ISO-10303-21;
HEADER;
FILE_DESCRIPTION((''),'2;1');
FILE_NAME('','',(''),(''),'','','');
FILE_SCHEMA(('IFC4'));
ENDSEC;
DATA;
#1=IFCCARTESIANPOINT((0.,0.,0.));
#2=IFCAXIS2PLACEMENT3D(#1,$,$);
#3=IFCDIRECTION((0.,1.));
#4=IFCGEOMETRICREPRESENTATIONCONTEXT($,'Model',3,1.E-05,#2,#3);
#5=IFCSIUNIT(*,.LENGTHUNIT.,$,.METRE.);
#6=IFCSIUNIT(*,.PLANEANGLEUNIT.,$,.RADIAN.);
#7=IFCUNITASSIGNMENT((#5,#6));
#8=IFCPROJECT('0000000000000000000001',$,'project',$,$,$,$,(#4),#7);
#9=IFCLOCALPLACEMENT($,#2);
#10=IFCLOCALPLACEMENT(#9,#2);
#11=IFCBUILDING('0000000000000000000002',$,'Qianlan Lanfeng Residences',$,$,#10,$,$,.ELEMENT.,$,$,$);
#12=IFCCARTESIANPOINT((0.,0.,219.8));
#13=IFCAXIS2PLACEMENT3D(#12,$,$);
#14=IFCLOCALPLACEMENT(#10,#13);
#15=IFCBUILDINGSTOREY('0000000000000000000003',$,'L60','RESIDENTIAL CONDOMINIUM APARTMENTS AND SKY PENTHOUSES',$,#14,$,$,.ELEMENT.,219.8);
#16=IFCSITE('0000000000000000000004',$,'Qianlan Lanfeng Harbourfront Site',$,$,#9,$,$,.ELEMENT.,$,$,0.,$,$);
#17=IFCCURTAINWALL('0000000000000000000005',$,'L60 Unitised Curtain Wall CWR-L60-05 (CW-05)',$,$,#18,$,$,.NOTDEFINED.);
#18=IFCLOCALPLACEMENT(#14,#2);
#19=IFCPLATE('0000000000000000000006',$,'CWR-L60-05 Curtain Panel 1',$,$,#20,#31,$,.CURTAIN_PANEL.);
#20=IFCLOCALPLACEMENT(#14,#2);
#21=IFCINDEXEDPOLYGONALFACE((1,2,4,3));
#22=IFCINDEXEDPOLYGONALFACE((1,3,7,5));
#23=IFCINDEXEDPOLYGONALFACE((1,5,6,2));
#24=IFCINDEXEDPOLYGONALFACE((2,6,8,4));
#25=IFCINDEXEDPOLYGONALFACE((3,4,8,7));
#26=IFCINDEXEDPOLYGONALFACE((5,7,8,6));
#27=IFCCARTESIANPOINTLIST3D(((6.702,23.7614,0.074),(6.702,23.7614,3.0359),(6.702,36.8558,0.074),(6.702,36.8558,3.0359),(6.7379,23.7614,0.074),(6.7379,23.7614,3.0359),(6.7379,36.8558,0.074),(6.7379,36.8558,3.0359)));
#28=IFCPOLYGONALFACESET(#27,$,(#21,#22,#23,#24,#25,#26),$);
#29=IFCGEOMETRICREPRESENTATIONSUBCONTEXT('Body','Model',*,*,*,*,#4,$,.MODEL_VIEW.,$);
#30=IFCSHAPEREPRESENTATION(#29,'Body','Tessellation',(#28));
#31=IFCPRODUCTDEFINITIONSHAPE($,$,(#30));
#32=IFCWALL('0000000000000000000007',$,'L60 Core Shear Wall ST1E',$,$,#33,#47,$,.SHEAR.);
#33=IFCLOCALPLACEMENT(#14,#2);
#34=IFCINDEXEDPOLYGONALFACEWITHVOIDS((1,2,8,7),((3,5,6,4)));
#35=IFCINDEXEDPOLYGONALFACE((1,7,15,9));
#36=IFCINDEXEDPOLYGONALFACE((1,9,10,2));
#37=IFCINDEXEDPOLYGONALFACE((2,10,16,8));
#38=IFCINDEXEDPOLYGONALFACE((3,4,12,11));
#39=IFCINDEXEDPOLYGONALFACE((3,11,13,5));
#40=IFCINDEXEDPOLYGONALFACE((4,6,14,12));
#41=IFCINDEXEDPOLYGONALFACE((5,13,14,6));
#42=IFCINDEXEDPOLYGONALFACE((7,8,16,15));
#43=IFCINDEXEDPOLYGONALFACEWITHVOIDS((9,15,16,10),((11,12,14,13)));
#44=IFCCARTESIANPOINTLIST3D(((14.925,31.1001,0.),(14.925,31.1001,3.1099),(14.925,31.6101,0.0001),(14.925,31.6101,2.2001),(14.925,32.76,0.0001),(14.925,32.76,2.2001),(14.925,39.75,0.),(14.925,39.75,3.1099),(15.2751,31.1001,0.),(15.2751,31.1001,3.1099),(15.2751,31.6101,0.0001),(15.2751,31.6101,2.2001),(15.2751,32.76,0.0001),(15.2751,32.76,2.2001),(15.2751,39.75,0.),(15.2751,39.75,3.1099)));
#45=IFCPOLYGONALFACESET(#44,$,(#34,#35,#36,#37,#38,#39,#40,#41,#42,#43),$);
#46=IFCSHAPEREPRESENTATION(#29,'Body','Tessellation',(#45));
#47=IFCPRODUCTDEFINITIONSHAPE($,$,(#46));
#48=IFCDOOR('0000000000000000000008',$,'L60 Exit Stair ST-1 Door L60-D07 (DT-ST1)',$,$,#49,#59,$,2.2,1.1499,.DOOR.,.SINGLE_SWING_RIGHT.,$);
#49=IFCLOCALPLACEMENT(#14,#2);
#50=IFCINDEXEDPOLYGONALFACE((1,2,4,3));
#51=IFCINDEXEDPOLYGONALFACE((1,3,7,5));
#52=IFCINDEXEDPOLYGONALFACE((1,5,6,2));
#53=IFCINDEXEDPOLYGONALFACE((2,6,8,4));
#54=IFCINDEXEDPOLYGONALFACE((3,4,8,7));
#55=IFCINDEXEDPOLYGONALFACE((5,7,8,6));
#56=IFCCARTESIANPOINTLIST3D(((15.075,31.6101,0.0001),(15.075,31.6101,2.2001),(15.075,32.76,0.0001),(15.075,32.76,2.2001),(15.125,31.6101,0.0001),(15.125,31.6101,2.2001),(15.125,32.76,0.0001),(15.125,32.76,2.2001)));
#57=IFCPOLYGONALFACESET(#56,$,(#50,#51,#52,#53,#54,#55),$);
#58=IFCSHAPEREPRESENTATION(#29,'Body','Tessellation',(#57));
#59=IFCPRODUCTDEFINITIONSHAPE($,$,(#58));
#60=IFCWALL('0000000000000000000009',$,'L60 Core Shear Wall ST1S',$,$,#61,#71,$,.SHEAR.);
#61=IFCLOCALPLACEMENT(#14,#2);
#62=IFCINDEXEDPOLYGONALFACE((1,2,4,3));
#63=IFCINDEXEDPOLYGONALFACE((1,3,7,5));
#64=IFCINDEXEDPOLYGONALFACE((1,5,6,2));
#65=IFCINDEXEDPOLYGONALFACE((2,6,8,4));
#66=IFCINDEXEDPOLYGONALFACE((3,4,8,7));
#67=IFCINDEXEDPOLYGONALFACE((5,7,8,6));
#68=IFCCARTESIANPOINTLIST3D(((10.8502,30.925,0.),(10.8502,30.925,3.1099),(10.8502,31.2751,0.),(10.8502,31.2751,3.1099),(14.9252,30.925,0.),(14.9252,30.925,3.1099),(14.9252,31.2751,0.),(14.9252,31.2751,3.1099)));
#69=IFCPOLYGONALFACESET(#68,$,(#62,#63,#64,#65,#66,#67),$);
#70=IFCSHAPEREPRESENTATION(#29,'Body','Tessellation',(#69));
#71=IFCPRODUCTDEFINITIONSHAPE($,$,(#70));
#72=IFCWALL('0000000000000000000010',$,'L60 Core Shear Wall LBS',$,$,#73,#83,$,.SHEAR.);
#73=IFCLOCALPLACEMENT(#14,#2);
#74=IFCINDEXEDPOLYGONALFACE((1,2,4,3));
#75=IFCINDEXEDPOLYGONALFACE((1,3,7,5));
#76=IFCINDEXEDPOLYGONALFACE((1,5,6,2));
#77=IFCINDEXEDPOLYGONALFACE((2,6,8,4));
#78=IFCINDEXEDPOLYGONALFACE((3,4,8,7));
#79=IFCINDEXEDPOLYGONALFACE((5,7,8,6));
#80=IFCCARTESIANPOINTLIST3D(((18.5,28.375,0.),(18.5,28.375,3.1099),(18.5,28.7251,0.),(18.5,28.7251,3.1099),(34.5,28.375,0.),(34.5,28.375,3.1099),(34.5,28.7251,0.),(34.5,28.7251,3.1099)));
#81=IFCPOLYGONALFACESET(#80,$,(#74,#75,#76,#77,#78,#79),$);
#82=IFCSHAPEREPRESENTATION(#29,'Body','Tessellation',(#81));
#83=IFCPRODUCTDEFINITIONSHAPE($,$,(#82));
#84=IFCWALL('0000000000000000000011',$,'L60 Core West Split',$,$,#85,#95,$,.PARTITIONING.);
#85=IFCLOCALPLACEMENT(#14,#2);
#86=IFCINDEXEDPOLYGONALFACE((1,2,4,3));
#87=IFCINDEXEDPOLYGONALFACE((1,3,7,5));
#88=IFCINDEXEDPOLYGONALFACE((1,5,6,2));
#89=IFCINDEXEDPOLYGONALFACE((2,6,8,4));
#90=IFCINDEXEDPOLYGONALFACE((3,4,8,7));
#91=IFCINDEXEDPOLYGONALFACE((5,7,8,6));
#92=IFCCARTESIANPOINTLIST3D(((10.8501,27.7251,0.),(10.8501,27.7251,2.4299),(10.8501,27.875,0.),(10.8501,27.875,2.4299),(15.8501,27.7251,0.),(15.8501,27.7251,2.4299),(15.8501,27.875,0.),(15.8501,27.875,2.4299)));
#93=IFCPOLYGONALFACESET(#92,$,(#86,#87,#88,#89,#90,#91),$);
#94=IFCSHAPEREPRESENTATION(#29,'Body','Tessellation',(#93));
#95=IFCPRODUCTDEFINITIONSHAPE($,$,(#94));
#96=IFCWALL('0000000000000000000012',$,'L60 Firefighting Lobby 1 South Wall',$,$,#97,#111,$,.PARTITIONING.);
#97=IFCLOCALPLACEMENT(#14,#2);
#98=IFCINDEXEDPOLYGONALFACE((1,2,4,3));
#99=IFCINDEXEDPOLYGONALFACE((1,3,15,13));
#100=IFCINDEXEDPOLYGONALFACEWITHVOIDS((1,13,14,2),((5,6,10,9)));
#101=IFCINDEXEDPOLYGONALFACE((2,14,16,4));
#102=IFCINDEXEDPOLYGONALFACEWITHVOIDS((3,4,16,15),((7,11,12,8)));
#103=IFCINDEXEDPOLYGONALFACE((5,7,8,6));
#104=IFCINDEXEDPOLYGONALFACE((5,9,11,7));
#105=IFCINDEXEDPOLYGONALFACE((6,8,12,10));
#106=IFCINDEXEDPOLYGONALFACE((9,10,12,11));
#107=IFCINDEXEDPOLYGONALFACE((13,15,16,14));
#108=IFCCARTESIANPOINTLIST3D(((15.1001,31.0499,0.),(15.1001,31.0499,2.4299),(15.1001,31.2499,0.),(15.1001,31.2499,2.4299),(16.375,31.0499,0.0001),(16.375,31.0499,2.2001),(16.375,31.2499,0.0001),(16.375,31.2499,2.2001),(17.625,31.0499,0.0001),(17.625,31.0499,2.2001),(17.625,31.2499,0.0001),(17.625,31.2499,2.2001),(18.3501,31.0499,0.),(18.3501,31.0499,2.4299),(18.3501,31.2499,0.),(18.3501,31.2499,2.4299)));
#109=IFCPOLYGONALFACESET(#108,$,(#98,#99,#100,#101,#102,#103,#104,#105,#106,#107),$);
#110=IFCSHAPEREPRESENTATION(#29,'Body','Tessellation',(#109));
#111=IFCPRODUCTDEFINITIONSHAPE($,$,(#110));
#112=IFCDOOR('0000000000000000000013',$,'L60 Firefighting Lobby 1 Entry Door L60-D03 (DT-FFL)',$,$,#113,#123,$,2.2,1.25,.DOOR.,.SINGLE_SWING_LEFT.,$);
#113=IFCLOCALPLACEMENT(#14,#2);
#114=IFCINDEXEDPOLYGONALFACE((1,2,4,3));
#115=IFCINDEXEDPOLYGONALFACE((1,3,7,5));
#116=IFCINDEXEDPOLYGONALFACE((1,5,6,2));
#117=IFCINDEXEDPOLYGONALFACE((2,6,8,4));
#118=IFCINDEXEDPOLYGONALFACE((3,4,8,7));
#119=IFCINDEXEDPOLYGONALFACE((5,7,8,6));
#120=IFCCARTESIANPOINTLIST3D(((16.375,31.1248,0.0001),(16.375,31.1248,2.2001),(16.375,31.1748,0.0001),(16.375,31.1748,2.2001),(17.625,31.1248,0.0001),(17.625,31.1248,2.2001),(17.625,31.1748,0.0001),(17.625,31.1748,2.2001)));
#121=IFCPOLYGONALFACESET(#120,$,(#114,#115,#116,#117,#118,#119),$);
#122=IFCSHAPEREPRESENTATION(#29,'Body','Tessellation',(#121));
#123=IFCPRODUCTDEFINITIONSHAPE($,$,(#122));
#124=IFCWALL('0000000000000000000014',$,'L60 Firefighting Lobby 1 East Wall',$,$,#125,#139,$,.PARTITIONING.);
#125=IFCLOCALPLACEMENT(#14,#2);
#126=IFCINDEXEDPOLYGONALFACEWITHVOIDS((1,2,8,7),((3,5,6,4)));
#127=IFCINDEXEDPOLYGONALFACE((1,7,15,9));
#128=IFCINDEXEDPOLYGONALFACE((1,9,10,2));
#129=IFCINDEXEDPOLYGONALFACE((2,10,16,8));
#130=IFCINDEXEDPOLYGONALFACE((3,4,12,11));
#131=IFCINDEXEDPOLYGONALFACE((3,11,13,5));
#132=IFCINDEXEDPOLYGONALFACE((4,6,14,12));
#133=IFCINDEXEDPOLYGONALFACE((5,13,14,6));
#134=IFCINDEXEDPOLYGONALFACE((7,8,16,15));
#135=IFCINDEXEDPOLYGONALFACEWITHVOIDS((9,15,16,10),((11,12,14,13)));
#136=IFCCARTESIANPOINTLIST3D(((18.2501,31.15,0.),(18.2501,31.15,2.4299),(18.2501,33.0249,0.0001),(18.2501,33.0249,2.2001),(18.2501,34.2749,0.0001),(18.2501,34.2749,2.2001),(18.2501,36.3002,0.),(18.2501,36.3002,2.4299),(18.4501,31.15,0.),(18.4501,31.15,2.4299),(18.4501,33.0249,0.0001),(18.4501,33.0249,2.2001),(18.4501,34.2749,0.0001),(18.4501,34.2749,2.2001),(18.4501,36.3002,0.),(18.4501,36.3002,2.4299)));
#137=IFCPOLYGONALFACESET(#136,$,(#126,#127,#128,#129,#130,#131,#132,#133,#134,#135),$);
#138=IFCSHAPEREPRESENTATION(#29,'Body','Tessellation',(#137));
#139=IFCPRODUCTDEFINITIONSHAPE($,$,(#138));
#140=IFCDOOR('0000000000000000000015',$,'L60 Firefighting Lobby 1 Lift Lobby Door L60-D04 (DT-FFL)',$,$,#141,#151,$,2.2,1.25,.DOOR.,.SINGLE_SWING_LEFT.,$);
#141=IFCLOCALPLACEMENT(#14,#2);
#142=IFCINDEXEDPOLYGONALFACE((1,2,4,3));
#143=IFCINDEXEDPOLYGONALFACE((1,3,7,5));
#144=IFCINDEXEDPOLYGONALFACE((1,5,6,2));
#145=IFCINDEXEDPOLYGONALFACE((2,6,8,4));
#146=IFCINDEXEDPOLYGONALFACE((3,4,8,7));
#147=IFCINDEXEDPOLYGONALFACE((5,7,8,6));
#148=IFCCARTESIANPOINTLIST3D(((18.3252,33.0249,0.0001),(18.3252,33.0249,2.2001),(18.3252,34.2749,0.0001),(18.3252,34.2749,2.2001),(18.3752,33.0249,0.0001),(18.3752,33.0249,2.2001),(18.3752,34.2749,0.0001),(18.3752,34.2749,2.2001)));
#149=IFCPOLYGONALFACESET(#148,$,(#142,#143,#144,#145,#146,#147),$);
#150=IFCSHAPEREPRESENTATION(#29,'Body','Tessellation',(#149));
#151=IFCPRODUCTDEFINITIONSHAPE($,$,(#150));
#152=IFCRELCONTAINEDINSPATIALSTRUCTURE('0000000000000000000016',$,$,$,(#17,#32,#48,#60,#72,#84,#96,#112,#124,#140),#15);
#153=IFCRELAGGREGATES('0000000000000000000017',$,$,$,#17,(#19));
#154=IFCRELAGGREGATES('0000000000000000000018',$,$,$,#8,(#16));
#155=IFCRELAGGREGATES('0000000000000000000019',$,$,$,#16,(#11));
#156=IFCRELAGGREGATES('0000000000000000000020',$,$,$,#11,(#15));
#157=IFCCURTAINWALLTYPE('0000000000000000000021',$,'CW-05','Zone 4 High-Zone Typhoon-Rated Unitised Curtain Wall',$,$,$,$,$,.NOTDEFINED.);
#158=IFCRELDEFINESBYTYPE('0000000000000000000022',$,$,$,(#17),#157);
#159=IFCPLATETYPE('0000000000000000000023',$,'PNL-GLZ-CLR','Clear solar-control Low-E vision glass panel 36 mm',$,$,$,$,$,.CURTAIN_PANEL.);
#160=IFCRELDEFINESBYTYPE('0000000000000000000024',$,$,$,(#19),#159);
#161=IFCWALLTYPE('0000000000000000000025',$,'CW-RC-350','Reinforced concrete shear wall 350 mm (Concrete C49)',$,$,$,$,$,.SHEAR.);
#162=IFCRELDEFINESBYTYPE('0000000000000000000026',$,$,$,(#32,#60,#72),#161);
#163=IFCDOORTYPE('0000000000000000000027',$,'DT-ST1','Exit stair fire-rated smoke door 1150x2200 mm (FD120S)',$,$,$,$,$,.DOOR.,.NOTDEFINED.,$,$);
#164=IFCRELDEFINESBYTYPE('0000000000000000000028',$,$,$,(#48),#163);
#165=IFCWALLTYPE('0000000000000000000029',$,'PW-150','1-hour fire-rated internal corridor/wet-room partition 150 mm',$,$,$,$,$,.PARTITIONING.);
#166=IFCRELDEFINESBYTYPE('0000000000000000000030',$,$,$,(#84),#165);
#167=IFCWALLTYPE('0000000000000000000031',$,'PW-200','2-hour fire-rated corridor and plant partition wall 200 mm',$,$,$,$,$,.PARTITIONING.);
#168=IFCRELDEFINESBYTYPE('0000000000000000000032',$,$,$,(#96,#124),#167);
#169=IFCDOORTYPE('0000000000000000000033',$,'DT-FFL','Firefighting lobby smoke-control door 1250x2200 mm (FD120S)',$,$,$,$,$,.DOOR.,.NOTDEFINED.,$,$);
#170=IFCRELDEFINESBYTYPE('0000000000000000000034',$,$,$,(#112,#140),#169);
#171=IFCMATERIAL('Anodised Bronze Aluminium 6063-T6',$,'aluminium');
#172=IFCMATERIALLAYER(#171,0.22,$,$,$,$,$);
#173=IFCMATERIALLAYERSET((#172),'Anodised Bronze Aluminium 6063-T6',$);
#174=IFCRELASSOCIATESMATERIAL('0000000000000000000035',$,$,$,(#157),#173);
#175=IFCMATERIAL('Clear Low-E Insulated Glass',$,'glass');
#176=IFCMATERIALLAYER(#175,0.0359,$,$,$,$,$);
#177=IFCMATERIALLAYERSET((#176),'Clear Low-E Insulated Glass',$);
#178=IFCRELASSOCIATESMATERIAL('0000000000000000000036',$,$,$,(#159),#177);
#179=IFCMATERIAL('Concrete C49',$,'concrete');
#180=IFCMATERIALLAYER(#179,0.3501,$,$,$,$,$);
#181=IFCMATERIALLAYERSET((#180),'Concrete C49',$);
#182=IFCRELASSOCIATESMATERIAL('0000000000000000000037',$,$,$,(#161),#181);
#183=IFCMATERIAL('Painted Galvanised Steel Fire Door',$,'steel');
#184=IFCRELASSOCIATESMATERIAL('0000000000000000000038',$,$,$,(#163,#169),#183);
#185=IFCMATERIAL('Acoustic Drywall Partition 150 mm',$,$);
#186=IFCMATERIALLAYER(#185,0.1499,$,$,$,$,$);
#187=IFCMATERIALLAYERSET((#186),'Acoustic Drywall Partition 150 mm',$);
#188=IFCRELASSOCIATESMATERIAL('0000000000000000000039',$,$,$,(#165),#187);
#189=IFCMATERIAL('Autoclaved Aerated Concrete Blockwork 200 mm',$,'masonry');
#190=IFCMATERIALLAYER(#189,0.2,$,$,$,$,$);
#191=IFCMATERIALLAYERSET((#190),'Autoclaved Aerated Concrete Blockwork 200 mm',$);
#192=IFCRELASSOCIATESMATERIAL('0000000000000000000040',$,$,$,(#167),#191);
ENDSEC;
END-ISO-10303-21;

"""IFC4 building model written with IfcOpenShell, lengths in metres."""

from ifc_helpers import new_model, si_unit, direction, frame, frame_2d, origin, origin_2d, place, context, subcontext, project, spatial, rectangle, extrude, source, transform, mapped, material, layer, layer_set, type_object, element, fill, aggregate, save


model = new_model("IFC4")

# Units and contexts
model_context = context("Model", 3, precision=1e-05, world=origin(), true_north=direction((0.0, 1.0)))
body_context = subcontext(model_context, "Body", "Model", "MODEL_VIEW")
ifc_project = project(units=[si_unit("LENGTHUNIT", "METRE"), si_unit("PLANEANGLEUNIT", "RADIAN")], contexts=[model_context])

# Site, building, storey
site_placement = place(None, origin())
site = spatial("IfcSite", under=ifc_project, at=site_placement, Name="Qianlan Lanfeng Harbourfront Site", CompositionType="ELEMENT", RefElevation=0.0)
building_placement = place(site_placement, origin())
building = spatial("IfcBuilding", under=site, at=building_placement, Name="Qianlan Lanfeng Residences", CompositionType="ELEMENT")
storey_placement = place(building_placement, frame((0.0, 0.0, 219.8)))
storey = spatial("IfcBuildingStorey", under=building, at=storey_placement, Name="L60", Description="RESIDENTIAL CONDOMINIUM APARTMENTS AND SKY PENTHOUSES", CompositionType="ELEMENT", Elevation=219.8)

# Curtain wall, plate
ifc_material_1 = material(Name="Anodised Bronze Aluminium 6063-T6", Category="aluminium")
ifc_layer_1 = layer(ifc_material_1, 0.22)
ifc_layer_set_1 = layer_set([ifc_layer_1], Name="Anodised Bronze Aluminium 6063-T6")
curtain_wall_type = type_object("IfcCurtainWallType", Name="CW-05", Description="Zone 4 High-Zone Typhoon-Rated Unitised Curtain Wall", PredefinedType="NOTDEFINED", material=ifc_layer_set_1)
curtain_wall_placement = place(storey_placement, origin())
curtain_wall = element("IfcCurtainWall", 1, at=curtain_wall_placement, inside=storey, type_object=curtain_wall_type, Name="L60 Unitised Curtain Wall CWR-L60-05 (CW-05)", PredefinedType="NOTDEFINED")
ifc_material_2 = material(Name="Clear Low-E Insulated Glass", Category="glass")
ifc_layer_2 = layer(ifc_material_2, 0.0359)
ifc_layer_set_2 = layer_set([ifc_layer_2], Name="Clear Low-E Insulated Glass")
plate_type = type_object("IfcPlateType", Name="PNL-GLZ-CLR", Description="Clear solar-control Low-E vision glass panel 36 mm", PredefinedType="CURTAIN_PANEL", material=ifc_layer_set_2)
shared_shape_1 = source(origin(), body_context, "Body", "SweptSolid", [
    extrude(rectangle(XDim=13.0945, YDim=0.0359, at=origin_2d()), origin(), (0.0, 0.0, 1.0), 2.9619),
])
plate_placement = place(storey_placement, frame((6.72, 30.3086, 0.074), z_axis=(0.0, 0.0, 1.0), x_axis=(0.0, -1.0, 0.0)))
plate = element("IfcPlate", 2, at=plate_placement, type_object=plate_type, Name="CWR-L60-05 Curtain Panel 1", PredefinedType="CURTAIN_PANEL", context=body_context, shape_type="MappedRepresentation", body=[
    mapped(shared_shape_1, transform((0.0, 0.0, 0.0), scale=1.0)),
])
aggregate(curtain_wall, [plate])

# Wall, opening, door
ifc_material_3 = material(Name="Concrete C49", Category="concrete")
ifc_layer_3 = layer(ifc_material_3, 0.3501)
ifc_layer_set_3 = layer_set([ifc_layer_3], Name="Concrete C49")
wall_type_1 = type_object("IfcWallType", Name="CW-RC-350", Description="Reinforced concrete shear wall 350 mm (Concrete C49)", PredefinedType="SHEAR", material=ifc_layer_set_3)
wall_1_placement = place(storey_placement, frame((15.1001, 31.1001, 0.0), z_axis=(0.0, 0.0, 1.0), x_axis=(0.0, 1.0, 0.0)))
wall_1 = element("IfcWall", 3, at=wall_1_placement, inside=storey, type_object=wall_type_1, Name="L60 Core Shear Wall ST1E", PredefinedType="SHEAR", context=body_context, shape_type="SweptSolid", body=[
    extrude(rectangle(XDim=8.6499, YDim=0.3501, at=frame_2d((4.325, 0.0))), origin(), (0.0, 0.0, 1.0), 3.1099),
])
opening_1_placement = place(wall_1_placement, frame((0.51, 0.0, 0.0)))
opening_1 = element("IfcOpeningElement", 4, at=opening_1_placement, cuts=wall_1, PredefinedType="OPENING", context=body_context, shape_type="SweptSolid", body=[
    extrude(rectangle(XDim=1.1499, YDim=2.2, at=frame_2d((0.575, 1.1001))), frame((0.0, 0.1851, 0.0), z_axis=(0.0, -1.0, 0.0), x_axis=(1.0, 0.0, 0.0)), (0.0, 0.0, 1.0), 0.3701),
])
ifc_material_4 = material(Name="Painted Galvanised Steel Fire Door", Category="steel")
door_type_1 = type_object("IfcDoorType", Name="DT-ST1", Description="Exit stair fire-rated smoke door 1150x2200 mm (FD120S)", OperationType="NOTDEFINED", PredefinedType="DOOR", material=ifc_material_4)
door_1_placement = place(opening_1_placement, frame((1.1499, 0.0, 0.0), z_axis=(0.0, 0.0, 1.0), x_axis=(-1.0, 0.0, 0.0)))
door_1 = element("IfcDoor", 5, at=door_1_placement, inside=storey, type_object=door_type_1, Name="L60 Exit Stair ST-1 Door L60-D07 (DT-ST1)", OperationType="SINGLE_SWING_RIGHT", OverallHeight=2.2, OverallWidth=1.1499, PredefinedType="DOOR", context=body_context, shape_type="SweptSolid", body=[
    extrude(rectangle(XDim=1.1499, YDim=2.2, at=frame_2d((0.575, 1.1001))), frame((0.0, 0.0249, 0.0), z_axis=(0.0, -1.0, 0.0), x_axis=(1.0, 0.0, 0.0)), (0.0, 0.0, 1.0), 0.05),
])
fill(opening_1, door_1)

# Walls
wall_2_placement = place(storey_placement, frame((10.8501, 31.1001, 0.0), z_axis=(0.0, 0.0, 1.0), x_axis=(1.0, 0.0, 0.0)))
element("IfcWall", 6, at=wall_2_placement, inside=storey, type_object=wall_type_1, Name="L60 Core Shear Wall ST1S", PredefinedType="SHEAR", context=body_context, shape_type="SweptSolid", body=[
    extrude(rectangle(XDim=4.075, YDim=0.3501, at=frame_2d((2.0376, 0.0))), origin(), (0.0, 0.0, 1.0), 3.1099),
])
wall_3_placement = place(storey_placement, frame((18.5, 28.55, 0.0), z_axis=(0.0, 0.0, 1.0), x_axis=(1.0, 0.0, 0.0)))
element("IfcWall", 7, at=wall_3_placement, inside=storey, type_object=wall_type_1, Name="L60 Core Shear Wall LBS", PredefinedType="SHEAR", context=body_context, shape_type="SweptSolid", body=[
    extrude(rectangle(XDim=16.0, YDim=0.3501, at=frame_2d((8.0, 0.0))), origin(), (0.0, 0.0, 1.0), 3.1099),
])

# Wall
ifc_material_5 = material(Name="Acoustic Drywall Partition 150 mm")
ifc_layer_4 = layer(ifc_material_5, 0.1499)
ifc_layer_set_4 = layer_set([ifc_layer_4], Name="Acoustic Drywall Partition 150 mm")
wall_type_2 = type_object("IfcWallType", Name="PW-150", Description="1-hour fire-rated internal corridor/wet-room partition 150 mm", PredefinedType="PARTITIONING", material=ifc_layer_set_4)
wall_4_placement = place(storey_placement, frame((10.8501, 27.8, 0.0), z_axis=(0.0, 0.0, 1.0), x_axis=(1.0, 0.0, 0.0)))
element("IfcWall", 8, at=wall_4_placement, inside=storey, type_object=wall_type_2, Name="L60 Core West Split", PredefinedType="PARTITIONING", context=body_context, shape_type="SweptSolid", body=[
    extrude(rectangle(XDim=5.0, YDim=0.1499, at=frame_2d((2.5, 0.0))), origin(), (0.0, 0.0, 1.0), 2.4299),
])

# Walls, openings, doors
ifc_material_6 = material(Name="Autoclaved Aerated Concrete Blockwork 200 mm", Category="masonry")
ifc_layer_5 = layer(ifc_material_6, 0.2)
ifc_layer_set_5 = layer_set([ifc_layer_5], Name="Autoclaved Aerated Concrete Blockwork 200 mm")
wall_type_3 = type_object("IfcWallType", Name="PW-200", Description="2-hour fire-rated corridor and plant partition wall 200 mm", PredefinedType="PARTITIONING", material=ifc_layer_set_5)
wall_5_placement = place(storey_placement, frame((15.1001, 31.1499, 0.0), z_axis=(0.0, 0.0, 1.0), x_axis=(1.0, 0.0, 0.0)))
wall_5 = element("IfcWall", 9, at=wall_5_placement, inside=storey, type_object=wall_type_3, Name="L60 Firefighting Lobby 1 South Wall", PredefinedType="PARTITIONING", context=body_context, shape_type="SweptSolid", body=[
    extrude(rectangle(XDim=3.25, YDim=0.2, at=frame_2d((1.625, 0.0))), origin(), (0.0, 0.0, 1.0), 2.4299),
])
opening_2_placement = place(wall_5_placement, frame((1.2749, 0.0, 0.0)))
opening_2 = element("IfcOpeningElement", 10, at=opening_2_placement, cuts=wall_5, PredefinedType="OPENING", context=body_context, shape_type="SweptSolid", body=[
    extrude(rectangle(XDim=1.25, YDim=2.2, at=frame_2d((0.625, 1.1001))), frame((0.0, 0.1099, 0.0), z_axis=(0.0, -1.0, 0.0), x_axis=(1.0, 0.0, 0.0)), (0.0, 0.0, 1.0), 0.22),
])
door_type_2 = type_object("IfcDoorType", Name="DT-FFL", Description="Firefighting lobby smoke-control door 1250x2200 mm (FD120S)", OperationType="NOTDEFINED", PredefinedType="DOOR", material=ifc_material_4)
door_2_placement = place(opening_2_placement, origin())
door_2 = element("IfcDoor", 11, at=door_2_placement, inside=storey, type_object=door_type_2, Name="L60 Firefighting Lobby 1 Entry Door L60-D03 (DT-FFL)", OperationType="SINGLE_SWING_LEFT", OverallHeight=2.2, OverallWidth=1.25, PredefinedType="DOOR", context=body_context, shape_type="SweptSolid", body=[
    extrude(rectangle(XDim=1.25, YDim=2.2, at=frame_2d((0.625, 1.1001))), frame((0.0, 0.0249, 0.0), z_axis=(0.0, -1.0, 0.0), x_axis=(1.0, 0.0, 0.0)), (0.0, 0.0, 1.0), 0.05),
])
fill(opening_2, door_2)
wall_6_placement = place(storey_placement, frame((18.3501, 31.1499, 0.0), z_axis=(0.0, 0.0, 1.0), x_axis=(0.0, 1.0, 0.0)))
wall_6 = element("IfcWall", 12, at=wall_6_placement, inside=storey, type_object=wall_type_3, Name="L60 Firefighting Lobby 1 East Wall", PredefinedType="PARTITIONING", context=body_context, shape_type="SweptSolid", body=[
    extrude(rectangle(XDim=5.1501, YDim=0.2, at=frame_2d((2.5752, 0.0))), origin(), (0.0, 0.0, 1.0), 2.4299),
])
opening_3_placement = place(wall_6_placement, frame((1.875, 0.0, 0.0)))
opening_3 = element("IfcOpeningElement", 13, at=opening_3_placement, cuts=wall_6, PredefinedType="OPENING", context=body_context, shape_type="SweptSolid", body=[
    extrude(rectangle(XDim=1.25, YDim=2.2, at=frame_2d((0.625, 1.1001))), frame((0.0, 0.1099, 0.0), z_axis=(0.0, -1.0, 0.0), x_axis=(1.0, 0.0, 0.0)), (0.0, 0.0, 1.0), 0.22),
])
door_3_placement = place(opening_3_placement, origin())
door_3 = element("IfcDoor", 14, at=door_3_placement, inside=storey, type_object=door_type_2, Name="L60 Firefighting Lobby 1 Lift Lobby Door L60-D04 (DT-FFL)", OperationType="SINGLE_SWING_LEFT", OverallHeight=2.2, OverallWidth=1.25, PredefinedType="DOOR", context=body_context, shape_type="SweptSolid", body=[
    extrude(rectangle(XDim=1.25, YDim=2.2, at=frame_2d((0.625, 1.1001))), frame((0.0, 0.0249, 0.0), z_axis=(0.0, -1.0, 0.0), x_axis=(1.0, 0.0, 0.0)), (0.0, 0.0, 1.0), 0.05),
])
fill(opening_3, door_3)

save(model, "model.ifc")
